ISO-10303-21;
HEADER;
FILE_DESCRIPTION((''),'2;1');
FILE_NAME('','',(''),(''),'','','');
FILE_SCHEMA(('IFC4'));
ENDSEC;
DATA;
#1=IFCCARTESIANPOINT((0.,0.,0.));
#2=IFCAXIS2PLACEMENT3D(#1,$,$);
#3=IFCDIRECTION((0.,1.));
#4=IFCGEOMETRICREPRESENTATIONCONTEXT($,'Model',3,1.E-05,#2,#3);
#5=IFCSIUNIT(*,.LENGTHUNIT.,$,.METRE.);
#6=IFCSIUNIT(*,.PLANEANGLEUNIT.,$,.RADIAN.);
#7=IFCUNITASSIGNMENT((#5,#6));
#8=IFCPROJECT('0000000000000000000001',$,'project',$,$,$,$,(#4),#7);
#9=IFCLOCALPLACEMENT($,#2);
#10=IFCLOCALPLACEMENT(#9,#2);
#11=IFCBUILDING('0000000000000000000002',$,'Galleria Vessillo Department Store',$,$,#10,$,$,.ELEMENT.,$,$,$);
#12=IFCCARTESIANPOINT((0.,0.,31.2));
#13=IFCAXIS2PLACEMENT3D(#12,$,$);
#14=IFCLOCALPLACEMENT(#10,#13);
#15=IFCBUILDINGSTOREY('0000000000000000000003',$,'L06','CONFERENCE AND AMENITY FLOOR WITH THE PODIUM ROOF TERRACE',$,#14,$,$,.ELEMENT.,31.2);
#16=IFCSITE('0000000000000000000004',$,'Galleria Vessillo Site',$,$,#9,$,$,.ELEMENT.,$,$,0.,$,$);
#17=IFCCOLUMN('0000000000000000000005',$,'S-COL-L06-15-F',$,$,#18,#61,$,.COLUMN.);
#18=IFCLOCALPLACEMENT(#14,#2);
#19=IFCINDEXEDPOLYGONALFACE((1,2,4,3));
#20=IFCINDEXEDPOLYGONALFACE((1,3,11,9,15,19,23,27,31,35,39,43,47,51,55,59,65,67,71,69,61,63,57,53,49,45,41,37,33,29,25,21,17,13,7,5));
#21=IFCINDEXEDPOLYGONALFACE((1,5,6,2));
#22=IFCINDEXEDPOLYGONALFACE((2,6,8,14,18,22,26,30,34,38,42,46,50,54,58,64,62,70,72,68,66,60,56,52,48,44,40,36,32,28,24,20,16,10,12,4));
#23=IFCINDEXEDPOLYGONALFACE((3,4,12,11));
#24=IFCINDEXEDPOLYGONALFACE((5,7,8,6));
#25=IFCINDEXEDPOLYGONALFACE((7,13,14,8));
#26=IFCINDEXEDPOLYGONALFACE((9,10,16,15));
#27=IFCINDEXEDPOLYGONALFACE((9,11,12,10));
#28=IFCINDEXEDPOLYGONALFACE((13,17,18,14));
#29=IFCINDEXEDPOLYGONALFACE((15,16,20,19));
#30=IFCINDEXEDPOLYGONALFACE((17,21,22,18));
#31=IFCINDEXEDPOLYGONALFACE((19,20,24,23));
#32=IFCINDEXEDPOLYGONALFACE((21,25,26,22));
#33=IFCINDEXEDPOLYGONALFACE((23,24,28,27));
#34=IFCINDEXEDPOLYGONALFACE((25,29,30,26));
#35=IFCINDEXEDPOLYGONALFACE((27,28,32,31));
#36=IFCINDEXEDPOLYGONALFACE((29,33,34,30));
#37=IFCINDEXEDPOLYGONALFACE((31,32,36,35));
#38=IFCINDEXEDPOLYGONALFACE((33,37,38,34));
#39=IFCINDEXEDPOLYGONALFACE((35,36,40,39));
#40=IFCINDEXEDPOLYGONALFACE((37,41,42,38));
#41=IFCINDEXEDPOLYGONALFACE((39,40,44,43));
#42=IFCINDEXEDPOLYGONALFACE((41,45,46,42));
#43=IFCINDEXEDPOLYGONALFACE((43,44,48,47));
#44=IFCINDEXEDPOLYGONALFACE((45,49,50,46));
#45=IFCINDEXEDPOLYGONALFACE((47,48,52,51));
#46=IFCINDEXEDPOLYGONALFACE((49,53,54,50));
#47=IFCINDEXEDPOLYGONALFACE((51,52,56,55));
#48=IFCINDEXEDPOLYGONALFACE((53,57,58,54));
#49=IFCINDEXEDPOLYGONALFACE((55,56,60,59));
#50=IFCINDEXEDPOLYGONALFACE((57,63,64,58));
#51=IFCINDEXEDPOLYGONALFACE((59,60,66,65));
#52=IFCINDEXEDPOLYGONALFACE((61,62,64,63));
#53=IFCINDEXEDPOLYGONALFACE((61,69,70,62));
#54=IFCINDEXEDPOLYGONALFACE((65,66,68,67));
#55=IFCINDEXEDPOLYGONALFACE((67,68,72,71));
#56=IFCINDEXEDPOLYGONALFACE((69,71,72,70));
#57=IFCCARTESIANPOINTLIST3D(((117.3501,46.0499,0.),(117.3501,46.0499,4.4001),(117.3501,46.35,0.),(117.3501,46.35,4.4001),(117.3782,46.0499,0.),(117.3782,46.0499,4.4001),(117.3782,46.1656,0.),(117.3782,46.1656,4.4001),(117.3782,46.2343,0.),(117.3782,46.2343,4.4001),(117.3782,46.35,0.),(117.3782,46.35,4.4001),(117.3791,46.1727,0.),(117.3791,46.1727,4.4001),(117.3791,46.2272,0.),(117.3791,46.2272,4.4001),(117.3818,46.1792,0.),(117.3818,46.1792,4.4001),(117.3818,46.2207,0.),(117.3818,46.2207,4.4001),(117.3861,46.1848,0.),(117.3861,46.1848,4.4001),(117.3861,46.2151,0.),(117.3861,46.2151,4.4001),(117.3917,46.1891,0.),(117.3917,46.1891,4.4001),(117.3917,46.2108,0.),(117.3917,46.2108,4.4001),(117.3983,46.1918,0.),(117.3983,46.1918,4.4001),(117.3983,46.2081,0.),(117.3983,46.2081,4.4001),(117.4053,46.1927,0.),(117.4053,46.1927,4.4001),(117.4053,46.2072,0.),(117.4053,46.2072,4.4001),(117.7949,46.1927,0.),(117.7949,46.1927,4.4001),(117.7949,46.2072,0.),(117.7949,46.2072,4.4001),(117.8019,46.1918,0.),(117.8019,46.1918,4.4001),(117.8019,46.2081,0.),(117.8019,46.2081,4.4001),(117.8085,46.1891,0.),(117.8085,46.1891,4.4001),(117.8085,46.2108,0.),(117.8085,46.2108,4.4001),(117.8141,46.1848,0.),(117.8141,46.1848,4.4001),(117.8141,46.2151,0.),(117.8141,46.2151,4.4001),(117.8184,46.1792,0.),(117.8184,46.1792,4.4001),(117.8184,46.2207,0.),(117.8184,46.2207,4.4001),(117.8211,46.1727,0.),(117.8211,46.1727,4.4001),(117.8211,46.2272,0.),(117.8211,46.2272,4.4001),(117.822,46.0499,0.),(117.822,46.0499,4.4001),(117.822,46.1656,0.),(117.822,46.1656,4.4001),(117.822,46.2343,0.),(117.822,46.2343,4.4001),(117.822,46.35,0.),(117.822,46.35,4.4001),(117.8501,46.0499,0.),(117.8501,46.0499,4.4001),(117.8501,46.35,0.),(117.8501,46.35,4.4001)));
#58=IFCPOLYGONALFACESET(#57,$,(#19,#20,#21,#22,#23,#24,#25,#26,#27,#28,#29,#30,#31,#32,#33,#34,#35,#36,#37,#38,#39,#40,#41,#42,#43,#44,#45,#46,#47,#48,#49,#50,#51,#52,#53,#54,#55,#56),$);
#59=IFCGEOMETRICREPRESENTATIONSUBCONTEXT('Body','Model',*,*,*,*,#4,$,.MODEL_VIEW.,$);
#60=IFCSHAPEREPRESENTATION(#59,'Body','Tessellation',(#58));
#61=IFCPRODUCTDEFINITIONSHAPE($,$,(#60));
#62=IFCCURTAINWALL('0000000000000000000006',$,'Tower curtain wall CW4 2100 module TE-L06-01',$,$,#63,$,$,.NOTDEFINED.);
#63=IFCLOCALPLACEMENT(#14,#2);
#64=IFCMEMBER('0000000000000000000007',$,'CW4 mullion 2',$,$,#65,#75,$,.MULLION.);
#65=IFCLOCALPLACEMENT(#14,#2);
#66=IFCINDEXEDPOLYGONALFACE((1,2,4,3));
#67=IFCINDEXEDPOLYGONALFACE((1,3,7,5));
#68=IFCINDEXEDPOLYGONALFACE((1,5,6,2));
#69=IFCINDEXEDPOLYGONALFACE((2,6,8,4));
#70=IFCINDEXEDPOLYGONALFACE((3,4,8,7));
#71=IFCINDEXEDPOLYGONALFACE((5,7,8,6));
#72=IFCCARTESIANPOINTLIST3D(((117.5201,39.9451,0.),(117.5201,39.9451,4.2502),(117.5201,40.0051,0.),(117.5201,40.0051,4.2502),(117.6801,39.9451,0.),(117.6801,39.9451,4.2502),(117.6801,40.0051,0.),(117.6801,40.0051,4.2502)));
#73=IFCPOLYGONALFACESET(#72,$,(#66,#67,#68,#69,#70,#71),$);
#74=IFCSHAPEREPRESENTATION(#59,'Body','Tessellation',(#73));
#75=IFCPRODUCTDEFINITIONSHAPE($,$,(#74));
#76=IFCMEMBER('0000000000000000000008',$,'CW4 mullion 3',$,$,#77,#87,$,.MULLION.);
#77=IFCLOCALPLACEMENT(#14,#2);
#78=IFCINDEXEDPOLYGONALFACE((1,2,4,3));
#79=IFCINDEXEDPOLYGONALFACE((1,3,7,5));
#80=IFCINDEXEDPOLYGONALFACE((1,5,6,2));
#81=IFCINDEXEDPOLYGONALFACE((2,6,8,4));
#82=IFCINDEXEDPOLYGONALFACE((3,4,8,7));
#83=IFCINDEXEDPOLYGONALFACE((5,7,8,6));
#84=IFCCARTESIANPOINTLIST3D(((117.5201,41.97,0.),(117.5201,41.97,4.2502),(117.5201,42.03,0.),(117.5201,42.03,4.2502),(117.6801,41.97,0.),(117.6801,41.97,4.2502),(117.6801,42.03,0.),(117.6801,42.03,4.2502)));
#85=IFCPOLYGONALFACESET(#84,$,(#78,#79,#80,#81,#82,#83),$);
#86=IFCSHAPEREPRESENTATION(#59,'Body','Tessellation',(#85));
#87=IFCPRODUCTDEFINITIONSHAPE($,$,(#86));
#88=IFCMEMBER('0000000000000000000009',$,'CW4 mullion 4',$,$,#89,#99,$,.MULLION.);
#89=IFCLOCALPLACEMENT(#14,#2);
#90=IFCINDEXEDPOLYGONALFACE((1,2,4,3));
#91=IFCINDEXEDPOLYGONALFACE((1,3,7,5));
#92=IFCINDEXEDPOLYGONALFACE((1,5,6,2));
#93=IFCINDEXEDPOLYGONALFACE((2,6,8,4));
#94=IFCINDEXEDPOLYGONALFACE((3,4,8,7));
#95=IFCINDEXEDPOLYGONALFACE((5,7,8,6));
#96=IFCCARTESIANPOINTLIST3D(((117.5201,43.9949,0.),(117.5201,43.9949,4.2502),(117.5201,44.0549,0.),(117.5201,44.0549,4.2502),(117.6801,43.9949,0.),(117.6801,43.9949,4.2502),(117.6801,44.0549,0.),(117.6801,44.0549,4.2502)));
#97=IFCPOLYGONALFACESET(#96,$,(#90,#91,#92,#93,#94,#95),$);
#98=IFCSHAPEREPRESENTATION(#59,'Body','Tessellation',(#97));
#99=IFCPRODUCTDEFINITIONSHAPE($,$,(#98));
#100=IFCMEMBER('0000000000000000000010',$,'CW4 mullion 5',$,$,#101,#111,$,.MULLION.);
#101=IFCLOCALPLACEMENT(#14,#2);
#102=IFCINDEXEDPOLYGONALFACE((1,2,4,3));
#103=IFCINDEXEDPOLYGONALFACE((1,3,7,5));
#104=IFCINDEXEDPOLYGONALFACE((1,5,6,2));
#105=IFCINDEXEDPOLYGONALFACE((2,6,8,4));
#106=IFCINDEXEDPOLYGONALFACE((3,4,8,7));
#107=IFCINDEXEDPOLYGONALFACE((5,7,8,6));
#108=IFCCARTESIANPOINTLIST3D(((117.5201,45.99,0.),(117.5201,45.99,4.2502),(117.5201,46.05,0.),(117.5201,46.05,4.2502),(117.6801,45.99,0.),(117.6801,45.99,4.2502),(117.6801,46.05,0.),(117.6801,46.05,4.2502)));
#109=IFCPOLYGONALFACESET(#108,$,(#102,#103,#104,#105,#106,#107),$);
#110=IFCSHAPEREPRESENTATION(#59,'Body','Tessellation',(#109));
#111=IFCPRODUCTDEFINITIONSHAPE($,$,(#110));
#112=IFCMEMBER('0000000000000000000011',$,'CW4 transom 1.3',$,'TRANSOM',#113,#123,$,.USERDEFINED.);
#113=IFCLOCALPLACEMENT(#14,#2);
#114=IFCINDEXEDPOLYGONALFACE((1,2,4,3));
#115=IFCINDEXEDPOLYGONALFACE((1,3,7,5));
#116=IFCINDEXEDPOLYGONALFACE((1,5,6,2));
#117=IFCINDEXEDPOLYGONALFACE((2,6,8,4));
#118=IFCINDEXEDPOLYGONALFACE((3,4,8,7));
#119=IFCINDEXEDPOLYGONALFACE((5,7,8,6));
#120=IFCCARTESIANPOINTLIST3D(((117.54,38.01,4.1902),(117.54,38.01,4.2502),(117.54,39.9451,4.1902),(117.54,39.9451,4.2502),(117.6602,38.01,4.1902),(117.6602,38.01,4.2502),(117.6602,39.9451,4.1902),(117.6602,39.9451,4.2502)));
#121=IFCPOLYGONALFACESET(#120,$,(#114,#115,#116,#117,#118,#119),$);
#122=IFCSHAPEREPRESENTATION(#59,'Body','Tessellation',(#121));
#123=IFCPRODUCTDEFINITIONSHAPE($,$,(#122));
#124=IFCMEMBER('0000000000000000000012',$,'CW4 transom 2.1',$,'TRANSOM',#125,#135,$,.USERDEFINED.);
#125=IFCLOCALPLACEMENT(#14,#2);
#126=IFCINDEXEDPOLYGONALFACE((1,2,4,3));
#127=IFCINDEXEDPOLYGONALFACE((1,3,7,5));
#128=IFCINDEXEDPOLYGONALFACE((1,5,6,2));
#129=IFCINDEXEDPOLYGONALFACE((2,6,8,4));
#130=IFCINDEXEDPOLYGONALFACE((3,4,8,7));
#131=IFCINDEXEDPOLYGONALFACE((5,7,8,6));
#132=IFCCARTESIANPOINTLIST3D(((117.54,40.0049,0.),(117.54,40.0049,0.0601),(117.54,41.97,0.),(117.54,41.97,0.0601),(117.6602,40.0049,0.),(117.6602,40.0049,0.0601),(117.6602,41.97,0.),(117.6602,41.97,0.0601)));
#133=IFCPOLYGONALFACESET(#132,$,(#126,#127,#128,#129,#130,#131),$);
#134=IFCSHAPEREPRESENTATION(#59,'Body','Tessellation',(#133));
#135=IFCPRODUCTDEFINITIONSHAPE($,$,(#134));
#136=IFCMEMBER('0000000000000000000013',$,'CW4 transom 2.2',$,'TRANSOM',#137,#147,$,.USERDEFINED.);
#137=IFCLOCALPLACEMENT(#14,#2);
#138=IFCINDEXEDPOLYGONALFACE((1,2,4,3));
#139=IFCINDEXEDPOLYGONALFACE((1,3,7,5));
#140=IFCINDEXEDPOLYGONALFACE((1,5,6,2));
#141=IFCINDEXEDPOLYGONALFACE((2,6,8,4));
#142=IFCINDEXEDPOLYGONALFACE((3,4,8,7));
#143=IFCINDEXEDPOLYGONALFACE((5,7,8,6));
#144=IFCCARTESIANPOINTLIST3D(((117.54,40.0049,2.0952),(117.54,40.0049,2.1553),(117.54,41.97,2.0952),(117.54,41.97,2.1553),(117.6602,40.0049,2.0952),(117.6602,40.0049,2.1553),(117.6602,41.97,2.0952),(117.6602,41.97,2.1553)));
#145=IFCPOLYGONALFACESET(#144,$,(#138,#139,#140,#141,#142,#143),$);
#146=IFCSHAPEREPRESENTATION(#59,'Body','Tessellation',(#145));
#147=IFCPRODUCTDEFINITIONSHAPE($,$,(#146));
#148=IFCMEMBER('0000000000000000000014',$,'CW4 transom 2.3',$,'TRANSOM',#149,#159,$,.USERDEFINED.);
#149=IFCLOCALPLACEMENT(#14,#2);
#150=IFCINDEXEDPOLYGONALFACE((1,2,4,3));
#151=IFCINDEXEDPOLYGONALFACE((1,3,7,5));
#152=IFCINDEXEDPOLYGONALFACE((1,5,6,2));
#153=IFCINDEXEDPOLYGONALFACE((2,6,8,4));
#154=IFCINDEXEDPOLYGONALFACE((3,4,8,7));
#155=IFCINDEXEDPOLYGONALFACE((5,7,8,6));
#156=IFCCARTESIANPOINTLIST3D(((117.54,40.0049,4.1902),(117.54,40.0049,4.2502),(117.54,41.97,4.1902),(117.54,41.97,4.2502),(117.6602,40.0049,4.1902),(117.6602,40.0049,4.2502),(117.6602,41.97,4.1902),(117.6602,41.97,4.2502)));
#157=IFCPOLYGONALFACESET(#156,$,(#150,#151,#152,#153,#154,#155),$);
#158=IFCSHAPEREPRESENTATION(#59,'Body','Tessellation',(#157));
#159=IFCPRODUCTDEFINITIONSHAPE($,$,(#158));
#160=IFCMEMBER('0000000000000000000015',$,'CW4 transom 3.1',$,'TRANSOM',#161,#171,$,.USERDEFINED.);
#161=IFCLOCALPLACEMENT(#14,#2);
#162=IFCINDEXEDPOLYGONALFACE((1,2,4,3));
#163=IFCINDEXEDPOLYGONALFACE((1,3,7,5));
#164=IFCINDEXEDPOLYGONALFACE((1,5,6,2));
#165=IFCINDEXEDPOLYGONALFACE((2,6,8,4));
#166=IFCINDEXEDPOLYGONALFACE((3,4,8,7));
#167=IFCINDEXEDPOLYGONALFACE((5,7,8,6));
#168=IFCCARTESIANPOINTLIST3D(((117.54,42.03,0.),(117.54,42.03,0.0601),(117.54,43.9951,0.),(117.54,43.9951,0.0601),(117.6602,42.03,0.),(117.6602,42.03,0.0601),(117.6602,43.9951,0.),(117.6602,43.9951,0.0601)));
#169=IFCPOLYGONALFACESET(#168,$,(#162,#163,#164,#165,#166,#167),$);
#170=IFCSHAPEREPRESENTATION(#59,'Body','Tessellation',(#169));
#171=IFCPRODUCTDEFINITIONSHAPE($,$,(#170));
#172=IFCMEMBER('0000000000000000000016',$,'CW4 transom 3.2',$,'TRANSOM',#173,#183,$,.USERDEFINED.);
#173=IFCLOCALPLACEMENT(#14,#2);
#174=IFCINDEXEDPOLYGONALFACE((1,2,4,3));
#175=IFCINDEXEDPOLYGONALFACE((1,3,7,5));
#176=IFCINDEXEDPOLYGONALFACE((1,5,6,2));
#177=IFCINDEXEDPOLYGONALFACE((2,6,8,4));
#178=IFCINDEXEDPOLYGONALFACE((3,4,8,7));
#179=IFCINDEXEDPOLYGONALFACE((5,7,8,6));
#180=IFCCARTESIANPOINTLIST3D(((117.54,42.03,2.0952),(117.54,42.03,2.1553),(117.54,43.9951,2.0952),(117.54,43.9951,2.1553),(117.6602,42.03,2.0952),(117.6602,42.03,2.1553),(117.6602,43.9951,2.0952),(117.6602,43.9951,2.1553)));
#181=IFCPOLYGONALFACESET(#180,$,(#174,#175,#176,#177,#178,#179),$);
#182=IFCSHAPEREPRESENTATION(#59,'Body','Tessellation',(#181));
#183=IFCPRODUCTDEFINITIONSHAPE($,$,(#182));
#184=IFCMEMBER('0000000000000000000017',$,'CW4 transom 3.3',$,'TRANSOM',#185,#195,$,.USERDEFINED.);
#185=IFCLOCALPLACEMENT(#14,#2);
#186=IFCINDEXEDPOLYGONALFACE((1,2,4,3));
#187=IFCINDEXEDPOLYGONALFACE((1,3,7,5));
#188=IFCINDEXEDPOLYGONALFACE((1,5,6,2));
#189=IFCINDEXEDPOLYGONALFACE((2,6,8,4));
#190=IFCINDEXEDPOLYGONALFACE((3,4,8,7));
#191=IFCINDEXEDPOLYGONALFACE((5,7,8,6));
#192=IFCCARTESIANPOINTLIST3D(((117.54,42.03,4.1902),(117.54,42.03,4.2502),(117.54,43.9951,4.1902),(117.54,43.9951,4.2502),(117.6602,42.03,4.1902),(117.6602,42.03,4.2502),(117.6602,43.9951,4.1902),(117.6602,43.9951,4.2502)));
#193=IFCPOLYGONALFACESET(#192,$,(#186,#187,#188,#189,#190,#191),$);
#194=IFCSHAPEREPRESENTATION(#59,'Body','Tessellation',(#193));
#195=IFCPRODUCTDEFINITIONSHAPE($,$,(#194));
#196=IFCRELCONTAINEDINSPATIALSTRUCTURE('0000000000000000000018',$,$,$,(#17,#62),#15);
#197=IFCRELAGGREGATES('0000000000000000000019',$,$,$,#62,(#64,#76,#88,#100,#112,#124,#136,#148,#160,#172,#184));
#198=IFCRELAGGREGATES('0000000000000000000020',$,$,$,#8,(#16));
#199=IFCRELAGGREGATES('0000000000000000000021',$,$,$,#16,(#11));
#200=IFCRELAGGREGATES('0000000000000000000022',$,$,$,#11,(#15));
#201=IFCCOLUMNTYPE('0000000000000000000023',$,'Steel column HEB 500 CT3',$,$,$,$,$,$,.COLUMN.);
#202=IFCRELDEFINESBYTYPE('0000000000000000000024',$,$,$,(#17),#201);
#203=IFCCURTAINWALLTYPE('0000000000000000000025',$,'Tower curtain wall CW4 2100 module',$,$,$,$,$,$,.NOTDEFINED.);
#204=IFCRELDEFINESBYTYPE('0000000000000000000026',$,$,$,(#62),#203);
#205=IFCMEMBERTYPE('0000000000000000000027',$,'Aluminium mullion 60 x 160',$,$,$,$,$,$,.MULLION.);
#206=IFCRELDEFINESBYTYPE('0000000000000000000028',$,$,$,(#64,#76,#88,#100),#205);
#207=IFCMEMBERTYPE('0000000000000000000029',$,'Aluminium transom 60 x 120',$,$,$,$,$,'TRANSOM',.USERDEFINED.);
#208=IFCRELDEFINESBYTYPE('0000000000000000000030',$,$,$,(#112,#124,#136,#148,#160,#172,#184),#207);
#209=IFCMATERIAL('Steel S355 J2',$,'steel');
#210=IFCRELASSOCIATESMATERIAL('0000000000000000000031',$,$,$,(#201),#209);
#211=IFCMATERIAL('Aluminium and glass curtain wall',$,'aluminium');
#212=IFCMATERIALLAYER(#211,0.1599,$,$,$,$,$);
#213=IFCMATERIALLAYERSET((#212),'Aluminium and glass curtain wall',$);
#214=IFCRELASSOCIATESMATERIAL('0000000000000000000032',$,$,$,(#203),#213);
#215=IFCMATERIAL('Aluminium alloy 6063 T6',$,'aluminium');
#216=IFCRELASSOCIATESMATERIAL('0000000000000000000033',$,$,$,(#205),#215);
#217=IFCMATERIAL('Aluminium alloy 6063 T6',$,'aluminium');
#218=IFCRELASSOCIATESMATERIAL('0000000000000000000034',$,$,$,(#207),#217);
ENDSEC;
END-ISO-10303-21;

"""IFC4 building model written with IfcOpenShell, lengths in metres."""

from ifc_helpers import new_model, si_unit, direction, frame, origin, origin_2d, place, context, subcontext, project, spatial, rectangle, i_section, extrude, material, layer, layer_set, material_profile, profile_set, type_object, element, aggregate, save


model = new_model("IFC4")

# Units and contexts
model_context = context("Model", 3, precision=1e-05, world=origin(), true_north=direction((0.0, 1.0)))
body_context = subcontext(model_context, "Body", "Model", "MODEL_VIEW")
ifc_project = project(units=[si_unit("LENGTHUNIT", "METRE"), si_unit("PLANEANGLEUNIT", "RADIAN")], contexts=[model_context])

# Site, building, storey
site_placement = place(None, origin())
site = spatial("IfcSite", under=ifc_project, at=site_placement, Name="Galleria Vessillo Site", CompositionType="ELEMENT", RefElevation=0.0)
building_placement = place(site_placement, origin())
building = spatial("IfcBuilding", under=site, at=building_placement, Name="Galleria Vessillo Department Store", CompositionType="ELEMENT")
storey_placement = place(building_placement, frame((0.0, 0.0, 31.2)))
storey = spatial("IfcBuildingStorey", under=building, at=storey_placement, Name="L06", Description="CONFERENCE AND AMENITY FLOOR WITH THE PODIUM ROOF TERRACE", CompositionType="ELEMENT", Elevation=31.2)

# Column
ifc_material_1 = material(Name="Steel S355 J2", Category="steel")
ifc_material_profile_1 = material_profile(ifc_material_1, i_section(OverallWidth=0.3, OverallDepth=0.5, WebThickness=0.0144, FlangeThickness=0.0281, FilletRadius=0.0271, at=origin_2d()), Name="HEB 500")
ifc_profile_set_1 = profile_set([ifc_material_profile_1], Name="Steel S355 J2")
column_type = type_object("IfcColumnType", Name="Steel column HEB 500 CT3", PredefinedType="COLUMN", material=ifc_profile_set_1)
column_placement = place(storey_placement, frame((117.6001, 46.2, 0.0), z_axis=(0.0, 0.0, 1.0), x_axis=(0.0, 1.0, 0.0)))
element("IfcColumn", 1, at=column_placement, inside=storey, type_object=column_type, Name="S-COL-L06-15-F", PredefinedType="COLUMN", context=body_context, shape_type="SweptSolid", body=[
    extrude(i_section(OverallWidth=0.3, OverallDepth=0.5, WebThickness=0.0144, FlangeThickness=0.0281, FilletRadius=0.0271, at=origin_2d()), origin(), (0.0, 0.0, 1.0), 4.4001),
])

# Curtain wall, members
ifc_material_2 = material(Name="Aluminium and glass curtain wall", Category="aluminium")
ifc_layer_1 = layer(ifc_material_2, 0.1599)
ifc_layer_set_1 = layer_set([ifc_layer_1], Name="Aluminium and glass curtain wall")
curtain_wall_type = type_object("IfcCurtainWallType", Name="Tower curtain wall CW4 2100 module", PredefinedType="NOTDEFINED", material=ifc_layer_set_1)
curtain_wall_placement = place(storey_placement, origin())
curtain_wall = element("IfcCurtainWall", 2, at=curtain_wall_placement, inside=storey, type_object=curtain_wall_type, Name="Tower curtain wall CW4 2100 module TE-L06-01", PredefinedType="NOTDEFINED")
ifc_material_3 = material(Name="Aluminium alloy 6063 T6", Category="aluminium")
ifc_material_profile_2 = material_profile(ifc_material_3, rectangle(XDim=0.1599, YDim=0.0601, at=origin_2d()), Name="AL 60x160")
ifc_profile_set_2 = profile_set([ifc_material_profile_2], Name="Aluminium alloy 6063 T6")
member_type_1 = type_object("IfcMemberType", Name="Aluminium mullion 60 x 160", PredefinedType="MULLION", material=ifc_profile_set_2)
member_1_placement = place(storey_placement, frame((117.6001, 39.9751, 0.0), z_axis=(0.0, 0.0, 1.0), x_axis=(-1.0, 0.0, 0.0)))
member_1 = element("IfcMember", 3, at=member_1_placement, type_object=member_type_1, Name="CW4 mullion 2", PredefinedType="MULLION", context=body_context, shape_type="SweptSolid", body=[
    extrude(rectangle(XDim=0.1599, YDim=0.0601, at=origin_2d()), origin(), (0.0, 0.0, 1.0), 4.2502),
])
member_2_placement = place(storey_placement, frame((117.6001, 42.0, 0.0), z_axis=(0.0, 0.0, 1.0), x_axis=(-1.0, 0.0, 0.0)))
member_2 = element("IfcMember", 4, at=member_2_placement, type_object=member_type_1, Name="CW4 mullion 3", PredefinedType="MULLION", context=body_context, shape_type="SweptSolid", body=[
    extrude(rectangle(XDim=0.1599, YDim=0.0601, at=origin_2d()), origin(), (0.0, 0.0, 1.0), 4.2502),
])
member_3_placement = place(storey_placement, frame((117.6001, 44.0249, 0.0), z_axis=(0.0, 0.0, 1.0), x_axis=(-1.0, 0.0, 0.0)))
member_3 = element("IfcMember", 5, at=member_3_placement, type_object=member_type_1, Name="CW4 mullion 4", PredefinedType="MULLION", context=body_context, shape_type="SweptSolid", body=[
    extrude(rectangle(XDim=0.1599, YDim=0.0601, at=origin_2d()), origin(), (0.0, 0.0, 1.0), 4.2502),
])
member_4_placement = place(storey_placement, frame((117.6001, 46.02, 0.0), z_axis=(0.0, 0.0, 1.0), x_axis=(-1.0, 0.0, 0.0)))
member_4 = element("IfcMember", 6, at=member_4_placement, type_object=member_type_1, Name="CW4 mullion 5", PredefinedType="MULLION", context=body_context, shape_type="SweptSolid", body=[
    extrude(rectangle(XDim=0.1599, YDim=0.0601, at=origin_2d()), origin(), (0.0, 0.0, 1.0), 4.2502),
])
ifc_material_4 = material(Name="Aluminium alloy 6063 T6", Category="aluminium")
ifc_material_profile_3 = material_profile(ifc_material_4, rectangle(XDim=0.1201, YDim=0.0601, at=origin_2d()), Name="AL 60x120")
ifc_profile_set_3 = profile_set([ifc_material_profile_3], Name="Aluminium alloy 6063 T6")
member_type_2 = type_object("IfcMemberType", Name="Aluminium transom 60 x 120", ElementType="TRANSOM", PredefinedType="USERDEFINED", material=ifc_profile_set_3)
member_5_placement = place(storey_placement, frame((117.6001, 38.01, 4.2202), z_axis=(0.0, 1.0, 0.0), x_axis=(-1.0, 0.0, 0.0)))
member_5 = element("IfcMember", 7, at=member_5_placement, type_object=member_type_2, Name="CW4 transom 1.3", ObjectType="TRANSOM", PredefinedType="USERDEFINED", context=body_context, shape_type="SweptSolid", body=[
    extrude(rectangle(XDim=0.1201, YDim=0.0601, at=origin_2d()), origin(), (0.0, 0.0, 1.0), 1.9351),
])
member_6_placement = place(storey_placement, frame((117.6001, 40.0049, 0.03), z_axis=(0.0, 1.0, 0.0), x_axis=(-1.0, 0.0, 0.0)))
member_6 = element("IfcMember", 8, at=member_6_placement, type_object=member_type_2, Name="CW4 transom 2.1", ObjectType="TRANSOM", PredefinedType="USERDEFINED", context=body_context, shape_type="SweptSolid", body=[
    extrude(rectangle(XDim=0.1201, YDim=0.0601, at=origin_2d()), origin(), (0.0, 0.0, 1.0), 1.9651),
])
member_7_placement = place(storey_placement, frame((117.6001, 40.0049, 2.1252), z_axis=(0.0, 1.0, 0.0), x_axis=(-1.0, 0.0, 0.0)))
member_7 = element("IfcMember", 9, at=member_7_placement, type_object=member_type_2, Name="CW4 transom 2.2", ObjectType="TRANSOM", PredefinedType="USERDEFINED", context=body_context, shape_type="SweptSolid", body=[
    extrude(rectangle(XDim=0.1201, YDim=0.0601, at=origin_2d()), origin(), (0.0, 0.0, 1.0), 1.9651),
])
member_8_placement = place(storey_placement, frame((117.6001, 40.0049, 4.2202), z_axis=(0.0, 1.0, 0.0), x_axis=(-1.0, 0.0, 0.0)))
member_8 = element("IfcMember", 10, at=member_8_placement, type_object=member_type_2, Name="CW4 transom 2.3", ObjectType="TRANSOM", PredefinedType="USERDEFINED", context=body_context, shape_type="SweptSolid", body=[
    extrude(rectangle(XDim=0.1201, YDim=0.0601, at=origin_2d()), origin(), (0.0, 0.0, 1.0), 1.9651),
])
member_9_placement = place(storey_placement, frame((117.6001, 42.03, 0.03), z_axis=(0.0, 1.0, 0.0), x_axis=(-1.0, 0.0, 0.0)))
member_9 = element("IfcMember", 11, at=member_9_placement, type_object=member_type_2, Name="CW4 transom 3.1", ObjectType="TRANSOM", PredefinedType="USERDEFINED", context=body_context, shape_type="SweptSolid", body=[
    extrude(rectangle(XDim=0.1201, YDim=0.0601, at=origin_2d()), origin(), (0.0, 0.0, 1.0), 1.9651),
])
member_10_placement = place(storey_placement, frame((117.6001, 42.03, 2.1252), z_axis=(0.0, 1.0, 0.0), x_axis=(-1.0, 0.0, 0.0)))
member_10 = element("IfcMember", 12, at=member_10_placement, type_object=member_type_2, Name="CW4 transom 3.2", ObjectType="TRANSOM", PredefinedType="USERDEFINED", context=body_context, shape_type="SweptSolid", body=[
    extrude(rectangle(XDim=0.1201, YDim=0.0601, at=origin_2d()), origin(), (0.0, 0.0, 1.0), 1.9651),
])
member_11_placement = place(storey_placement, frame((117.6001, 42.03, 4.2202), z_axis=(0.0, 1.0, 0.0), x_axis=(-1.0, 0.0, 0.0)))
member_11 = element("IfcMember", 13, at=member_11_placement, type_object=member_type_2, Name="CW4 transom 3.3", ObjectType="TRANSOM", PredefinedType="USERDEFINED", context=body_context, shape_type="SweptSolid", body=[
    extrude(rectangle(XDim=0.1201, YDim=0.0601, at=origin_2d()), origin(), (0.0, 0.0, 1.0), 1.9651),
])
aggregate(curtain_wall, [member_1, member_2, member_3, member_4, member_5, member_6, member_7, member_8, member_9, member_10, member_11])

save(model, "model.ifc")
